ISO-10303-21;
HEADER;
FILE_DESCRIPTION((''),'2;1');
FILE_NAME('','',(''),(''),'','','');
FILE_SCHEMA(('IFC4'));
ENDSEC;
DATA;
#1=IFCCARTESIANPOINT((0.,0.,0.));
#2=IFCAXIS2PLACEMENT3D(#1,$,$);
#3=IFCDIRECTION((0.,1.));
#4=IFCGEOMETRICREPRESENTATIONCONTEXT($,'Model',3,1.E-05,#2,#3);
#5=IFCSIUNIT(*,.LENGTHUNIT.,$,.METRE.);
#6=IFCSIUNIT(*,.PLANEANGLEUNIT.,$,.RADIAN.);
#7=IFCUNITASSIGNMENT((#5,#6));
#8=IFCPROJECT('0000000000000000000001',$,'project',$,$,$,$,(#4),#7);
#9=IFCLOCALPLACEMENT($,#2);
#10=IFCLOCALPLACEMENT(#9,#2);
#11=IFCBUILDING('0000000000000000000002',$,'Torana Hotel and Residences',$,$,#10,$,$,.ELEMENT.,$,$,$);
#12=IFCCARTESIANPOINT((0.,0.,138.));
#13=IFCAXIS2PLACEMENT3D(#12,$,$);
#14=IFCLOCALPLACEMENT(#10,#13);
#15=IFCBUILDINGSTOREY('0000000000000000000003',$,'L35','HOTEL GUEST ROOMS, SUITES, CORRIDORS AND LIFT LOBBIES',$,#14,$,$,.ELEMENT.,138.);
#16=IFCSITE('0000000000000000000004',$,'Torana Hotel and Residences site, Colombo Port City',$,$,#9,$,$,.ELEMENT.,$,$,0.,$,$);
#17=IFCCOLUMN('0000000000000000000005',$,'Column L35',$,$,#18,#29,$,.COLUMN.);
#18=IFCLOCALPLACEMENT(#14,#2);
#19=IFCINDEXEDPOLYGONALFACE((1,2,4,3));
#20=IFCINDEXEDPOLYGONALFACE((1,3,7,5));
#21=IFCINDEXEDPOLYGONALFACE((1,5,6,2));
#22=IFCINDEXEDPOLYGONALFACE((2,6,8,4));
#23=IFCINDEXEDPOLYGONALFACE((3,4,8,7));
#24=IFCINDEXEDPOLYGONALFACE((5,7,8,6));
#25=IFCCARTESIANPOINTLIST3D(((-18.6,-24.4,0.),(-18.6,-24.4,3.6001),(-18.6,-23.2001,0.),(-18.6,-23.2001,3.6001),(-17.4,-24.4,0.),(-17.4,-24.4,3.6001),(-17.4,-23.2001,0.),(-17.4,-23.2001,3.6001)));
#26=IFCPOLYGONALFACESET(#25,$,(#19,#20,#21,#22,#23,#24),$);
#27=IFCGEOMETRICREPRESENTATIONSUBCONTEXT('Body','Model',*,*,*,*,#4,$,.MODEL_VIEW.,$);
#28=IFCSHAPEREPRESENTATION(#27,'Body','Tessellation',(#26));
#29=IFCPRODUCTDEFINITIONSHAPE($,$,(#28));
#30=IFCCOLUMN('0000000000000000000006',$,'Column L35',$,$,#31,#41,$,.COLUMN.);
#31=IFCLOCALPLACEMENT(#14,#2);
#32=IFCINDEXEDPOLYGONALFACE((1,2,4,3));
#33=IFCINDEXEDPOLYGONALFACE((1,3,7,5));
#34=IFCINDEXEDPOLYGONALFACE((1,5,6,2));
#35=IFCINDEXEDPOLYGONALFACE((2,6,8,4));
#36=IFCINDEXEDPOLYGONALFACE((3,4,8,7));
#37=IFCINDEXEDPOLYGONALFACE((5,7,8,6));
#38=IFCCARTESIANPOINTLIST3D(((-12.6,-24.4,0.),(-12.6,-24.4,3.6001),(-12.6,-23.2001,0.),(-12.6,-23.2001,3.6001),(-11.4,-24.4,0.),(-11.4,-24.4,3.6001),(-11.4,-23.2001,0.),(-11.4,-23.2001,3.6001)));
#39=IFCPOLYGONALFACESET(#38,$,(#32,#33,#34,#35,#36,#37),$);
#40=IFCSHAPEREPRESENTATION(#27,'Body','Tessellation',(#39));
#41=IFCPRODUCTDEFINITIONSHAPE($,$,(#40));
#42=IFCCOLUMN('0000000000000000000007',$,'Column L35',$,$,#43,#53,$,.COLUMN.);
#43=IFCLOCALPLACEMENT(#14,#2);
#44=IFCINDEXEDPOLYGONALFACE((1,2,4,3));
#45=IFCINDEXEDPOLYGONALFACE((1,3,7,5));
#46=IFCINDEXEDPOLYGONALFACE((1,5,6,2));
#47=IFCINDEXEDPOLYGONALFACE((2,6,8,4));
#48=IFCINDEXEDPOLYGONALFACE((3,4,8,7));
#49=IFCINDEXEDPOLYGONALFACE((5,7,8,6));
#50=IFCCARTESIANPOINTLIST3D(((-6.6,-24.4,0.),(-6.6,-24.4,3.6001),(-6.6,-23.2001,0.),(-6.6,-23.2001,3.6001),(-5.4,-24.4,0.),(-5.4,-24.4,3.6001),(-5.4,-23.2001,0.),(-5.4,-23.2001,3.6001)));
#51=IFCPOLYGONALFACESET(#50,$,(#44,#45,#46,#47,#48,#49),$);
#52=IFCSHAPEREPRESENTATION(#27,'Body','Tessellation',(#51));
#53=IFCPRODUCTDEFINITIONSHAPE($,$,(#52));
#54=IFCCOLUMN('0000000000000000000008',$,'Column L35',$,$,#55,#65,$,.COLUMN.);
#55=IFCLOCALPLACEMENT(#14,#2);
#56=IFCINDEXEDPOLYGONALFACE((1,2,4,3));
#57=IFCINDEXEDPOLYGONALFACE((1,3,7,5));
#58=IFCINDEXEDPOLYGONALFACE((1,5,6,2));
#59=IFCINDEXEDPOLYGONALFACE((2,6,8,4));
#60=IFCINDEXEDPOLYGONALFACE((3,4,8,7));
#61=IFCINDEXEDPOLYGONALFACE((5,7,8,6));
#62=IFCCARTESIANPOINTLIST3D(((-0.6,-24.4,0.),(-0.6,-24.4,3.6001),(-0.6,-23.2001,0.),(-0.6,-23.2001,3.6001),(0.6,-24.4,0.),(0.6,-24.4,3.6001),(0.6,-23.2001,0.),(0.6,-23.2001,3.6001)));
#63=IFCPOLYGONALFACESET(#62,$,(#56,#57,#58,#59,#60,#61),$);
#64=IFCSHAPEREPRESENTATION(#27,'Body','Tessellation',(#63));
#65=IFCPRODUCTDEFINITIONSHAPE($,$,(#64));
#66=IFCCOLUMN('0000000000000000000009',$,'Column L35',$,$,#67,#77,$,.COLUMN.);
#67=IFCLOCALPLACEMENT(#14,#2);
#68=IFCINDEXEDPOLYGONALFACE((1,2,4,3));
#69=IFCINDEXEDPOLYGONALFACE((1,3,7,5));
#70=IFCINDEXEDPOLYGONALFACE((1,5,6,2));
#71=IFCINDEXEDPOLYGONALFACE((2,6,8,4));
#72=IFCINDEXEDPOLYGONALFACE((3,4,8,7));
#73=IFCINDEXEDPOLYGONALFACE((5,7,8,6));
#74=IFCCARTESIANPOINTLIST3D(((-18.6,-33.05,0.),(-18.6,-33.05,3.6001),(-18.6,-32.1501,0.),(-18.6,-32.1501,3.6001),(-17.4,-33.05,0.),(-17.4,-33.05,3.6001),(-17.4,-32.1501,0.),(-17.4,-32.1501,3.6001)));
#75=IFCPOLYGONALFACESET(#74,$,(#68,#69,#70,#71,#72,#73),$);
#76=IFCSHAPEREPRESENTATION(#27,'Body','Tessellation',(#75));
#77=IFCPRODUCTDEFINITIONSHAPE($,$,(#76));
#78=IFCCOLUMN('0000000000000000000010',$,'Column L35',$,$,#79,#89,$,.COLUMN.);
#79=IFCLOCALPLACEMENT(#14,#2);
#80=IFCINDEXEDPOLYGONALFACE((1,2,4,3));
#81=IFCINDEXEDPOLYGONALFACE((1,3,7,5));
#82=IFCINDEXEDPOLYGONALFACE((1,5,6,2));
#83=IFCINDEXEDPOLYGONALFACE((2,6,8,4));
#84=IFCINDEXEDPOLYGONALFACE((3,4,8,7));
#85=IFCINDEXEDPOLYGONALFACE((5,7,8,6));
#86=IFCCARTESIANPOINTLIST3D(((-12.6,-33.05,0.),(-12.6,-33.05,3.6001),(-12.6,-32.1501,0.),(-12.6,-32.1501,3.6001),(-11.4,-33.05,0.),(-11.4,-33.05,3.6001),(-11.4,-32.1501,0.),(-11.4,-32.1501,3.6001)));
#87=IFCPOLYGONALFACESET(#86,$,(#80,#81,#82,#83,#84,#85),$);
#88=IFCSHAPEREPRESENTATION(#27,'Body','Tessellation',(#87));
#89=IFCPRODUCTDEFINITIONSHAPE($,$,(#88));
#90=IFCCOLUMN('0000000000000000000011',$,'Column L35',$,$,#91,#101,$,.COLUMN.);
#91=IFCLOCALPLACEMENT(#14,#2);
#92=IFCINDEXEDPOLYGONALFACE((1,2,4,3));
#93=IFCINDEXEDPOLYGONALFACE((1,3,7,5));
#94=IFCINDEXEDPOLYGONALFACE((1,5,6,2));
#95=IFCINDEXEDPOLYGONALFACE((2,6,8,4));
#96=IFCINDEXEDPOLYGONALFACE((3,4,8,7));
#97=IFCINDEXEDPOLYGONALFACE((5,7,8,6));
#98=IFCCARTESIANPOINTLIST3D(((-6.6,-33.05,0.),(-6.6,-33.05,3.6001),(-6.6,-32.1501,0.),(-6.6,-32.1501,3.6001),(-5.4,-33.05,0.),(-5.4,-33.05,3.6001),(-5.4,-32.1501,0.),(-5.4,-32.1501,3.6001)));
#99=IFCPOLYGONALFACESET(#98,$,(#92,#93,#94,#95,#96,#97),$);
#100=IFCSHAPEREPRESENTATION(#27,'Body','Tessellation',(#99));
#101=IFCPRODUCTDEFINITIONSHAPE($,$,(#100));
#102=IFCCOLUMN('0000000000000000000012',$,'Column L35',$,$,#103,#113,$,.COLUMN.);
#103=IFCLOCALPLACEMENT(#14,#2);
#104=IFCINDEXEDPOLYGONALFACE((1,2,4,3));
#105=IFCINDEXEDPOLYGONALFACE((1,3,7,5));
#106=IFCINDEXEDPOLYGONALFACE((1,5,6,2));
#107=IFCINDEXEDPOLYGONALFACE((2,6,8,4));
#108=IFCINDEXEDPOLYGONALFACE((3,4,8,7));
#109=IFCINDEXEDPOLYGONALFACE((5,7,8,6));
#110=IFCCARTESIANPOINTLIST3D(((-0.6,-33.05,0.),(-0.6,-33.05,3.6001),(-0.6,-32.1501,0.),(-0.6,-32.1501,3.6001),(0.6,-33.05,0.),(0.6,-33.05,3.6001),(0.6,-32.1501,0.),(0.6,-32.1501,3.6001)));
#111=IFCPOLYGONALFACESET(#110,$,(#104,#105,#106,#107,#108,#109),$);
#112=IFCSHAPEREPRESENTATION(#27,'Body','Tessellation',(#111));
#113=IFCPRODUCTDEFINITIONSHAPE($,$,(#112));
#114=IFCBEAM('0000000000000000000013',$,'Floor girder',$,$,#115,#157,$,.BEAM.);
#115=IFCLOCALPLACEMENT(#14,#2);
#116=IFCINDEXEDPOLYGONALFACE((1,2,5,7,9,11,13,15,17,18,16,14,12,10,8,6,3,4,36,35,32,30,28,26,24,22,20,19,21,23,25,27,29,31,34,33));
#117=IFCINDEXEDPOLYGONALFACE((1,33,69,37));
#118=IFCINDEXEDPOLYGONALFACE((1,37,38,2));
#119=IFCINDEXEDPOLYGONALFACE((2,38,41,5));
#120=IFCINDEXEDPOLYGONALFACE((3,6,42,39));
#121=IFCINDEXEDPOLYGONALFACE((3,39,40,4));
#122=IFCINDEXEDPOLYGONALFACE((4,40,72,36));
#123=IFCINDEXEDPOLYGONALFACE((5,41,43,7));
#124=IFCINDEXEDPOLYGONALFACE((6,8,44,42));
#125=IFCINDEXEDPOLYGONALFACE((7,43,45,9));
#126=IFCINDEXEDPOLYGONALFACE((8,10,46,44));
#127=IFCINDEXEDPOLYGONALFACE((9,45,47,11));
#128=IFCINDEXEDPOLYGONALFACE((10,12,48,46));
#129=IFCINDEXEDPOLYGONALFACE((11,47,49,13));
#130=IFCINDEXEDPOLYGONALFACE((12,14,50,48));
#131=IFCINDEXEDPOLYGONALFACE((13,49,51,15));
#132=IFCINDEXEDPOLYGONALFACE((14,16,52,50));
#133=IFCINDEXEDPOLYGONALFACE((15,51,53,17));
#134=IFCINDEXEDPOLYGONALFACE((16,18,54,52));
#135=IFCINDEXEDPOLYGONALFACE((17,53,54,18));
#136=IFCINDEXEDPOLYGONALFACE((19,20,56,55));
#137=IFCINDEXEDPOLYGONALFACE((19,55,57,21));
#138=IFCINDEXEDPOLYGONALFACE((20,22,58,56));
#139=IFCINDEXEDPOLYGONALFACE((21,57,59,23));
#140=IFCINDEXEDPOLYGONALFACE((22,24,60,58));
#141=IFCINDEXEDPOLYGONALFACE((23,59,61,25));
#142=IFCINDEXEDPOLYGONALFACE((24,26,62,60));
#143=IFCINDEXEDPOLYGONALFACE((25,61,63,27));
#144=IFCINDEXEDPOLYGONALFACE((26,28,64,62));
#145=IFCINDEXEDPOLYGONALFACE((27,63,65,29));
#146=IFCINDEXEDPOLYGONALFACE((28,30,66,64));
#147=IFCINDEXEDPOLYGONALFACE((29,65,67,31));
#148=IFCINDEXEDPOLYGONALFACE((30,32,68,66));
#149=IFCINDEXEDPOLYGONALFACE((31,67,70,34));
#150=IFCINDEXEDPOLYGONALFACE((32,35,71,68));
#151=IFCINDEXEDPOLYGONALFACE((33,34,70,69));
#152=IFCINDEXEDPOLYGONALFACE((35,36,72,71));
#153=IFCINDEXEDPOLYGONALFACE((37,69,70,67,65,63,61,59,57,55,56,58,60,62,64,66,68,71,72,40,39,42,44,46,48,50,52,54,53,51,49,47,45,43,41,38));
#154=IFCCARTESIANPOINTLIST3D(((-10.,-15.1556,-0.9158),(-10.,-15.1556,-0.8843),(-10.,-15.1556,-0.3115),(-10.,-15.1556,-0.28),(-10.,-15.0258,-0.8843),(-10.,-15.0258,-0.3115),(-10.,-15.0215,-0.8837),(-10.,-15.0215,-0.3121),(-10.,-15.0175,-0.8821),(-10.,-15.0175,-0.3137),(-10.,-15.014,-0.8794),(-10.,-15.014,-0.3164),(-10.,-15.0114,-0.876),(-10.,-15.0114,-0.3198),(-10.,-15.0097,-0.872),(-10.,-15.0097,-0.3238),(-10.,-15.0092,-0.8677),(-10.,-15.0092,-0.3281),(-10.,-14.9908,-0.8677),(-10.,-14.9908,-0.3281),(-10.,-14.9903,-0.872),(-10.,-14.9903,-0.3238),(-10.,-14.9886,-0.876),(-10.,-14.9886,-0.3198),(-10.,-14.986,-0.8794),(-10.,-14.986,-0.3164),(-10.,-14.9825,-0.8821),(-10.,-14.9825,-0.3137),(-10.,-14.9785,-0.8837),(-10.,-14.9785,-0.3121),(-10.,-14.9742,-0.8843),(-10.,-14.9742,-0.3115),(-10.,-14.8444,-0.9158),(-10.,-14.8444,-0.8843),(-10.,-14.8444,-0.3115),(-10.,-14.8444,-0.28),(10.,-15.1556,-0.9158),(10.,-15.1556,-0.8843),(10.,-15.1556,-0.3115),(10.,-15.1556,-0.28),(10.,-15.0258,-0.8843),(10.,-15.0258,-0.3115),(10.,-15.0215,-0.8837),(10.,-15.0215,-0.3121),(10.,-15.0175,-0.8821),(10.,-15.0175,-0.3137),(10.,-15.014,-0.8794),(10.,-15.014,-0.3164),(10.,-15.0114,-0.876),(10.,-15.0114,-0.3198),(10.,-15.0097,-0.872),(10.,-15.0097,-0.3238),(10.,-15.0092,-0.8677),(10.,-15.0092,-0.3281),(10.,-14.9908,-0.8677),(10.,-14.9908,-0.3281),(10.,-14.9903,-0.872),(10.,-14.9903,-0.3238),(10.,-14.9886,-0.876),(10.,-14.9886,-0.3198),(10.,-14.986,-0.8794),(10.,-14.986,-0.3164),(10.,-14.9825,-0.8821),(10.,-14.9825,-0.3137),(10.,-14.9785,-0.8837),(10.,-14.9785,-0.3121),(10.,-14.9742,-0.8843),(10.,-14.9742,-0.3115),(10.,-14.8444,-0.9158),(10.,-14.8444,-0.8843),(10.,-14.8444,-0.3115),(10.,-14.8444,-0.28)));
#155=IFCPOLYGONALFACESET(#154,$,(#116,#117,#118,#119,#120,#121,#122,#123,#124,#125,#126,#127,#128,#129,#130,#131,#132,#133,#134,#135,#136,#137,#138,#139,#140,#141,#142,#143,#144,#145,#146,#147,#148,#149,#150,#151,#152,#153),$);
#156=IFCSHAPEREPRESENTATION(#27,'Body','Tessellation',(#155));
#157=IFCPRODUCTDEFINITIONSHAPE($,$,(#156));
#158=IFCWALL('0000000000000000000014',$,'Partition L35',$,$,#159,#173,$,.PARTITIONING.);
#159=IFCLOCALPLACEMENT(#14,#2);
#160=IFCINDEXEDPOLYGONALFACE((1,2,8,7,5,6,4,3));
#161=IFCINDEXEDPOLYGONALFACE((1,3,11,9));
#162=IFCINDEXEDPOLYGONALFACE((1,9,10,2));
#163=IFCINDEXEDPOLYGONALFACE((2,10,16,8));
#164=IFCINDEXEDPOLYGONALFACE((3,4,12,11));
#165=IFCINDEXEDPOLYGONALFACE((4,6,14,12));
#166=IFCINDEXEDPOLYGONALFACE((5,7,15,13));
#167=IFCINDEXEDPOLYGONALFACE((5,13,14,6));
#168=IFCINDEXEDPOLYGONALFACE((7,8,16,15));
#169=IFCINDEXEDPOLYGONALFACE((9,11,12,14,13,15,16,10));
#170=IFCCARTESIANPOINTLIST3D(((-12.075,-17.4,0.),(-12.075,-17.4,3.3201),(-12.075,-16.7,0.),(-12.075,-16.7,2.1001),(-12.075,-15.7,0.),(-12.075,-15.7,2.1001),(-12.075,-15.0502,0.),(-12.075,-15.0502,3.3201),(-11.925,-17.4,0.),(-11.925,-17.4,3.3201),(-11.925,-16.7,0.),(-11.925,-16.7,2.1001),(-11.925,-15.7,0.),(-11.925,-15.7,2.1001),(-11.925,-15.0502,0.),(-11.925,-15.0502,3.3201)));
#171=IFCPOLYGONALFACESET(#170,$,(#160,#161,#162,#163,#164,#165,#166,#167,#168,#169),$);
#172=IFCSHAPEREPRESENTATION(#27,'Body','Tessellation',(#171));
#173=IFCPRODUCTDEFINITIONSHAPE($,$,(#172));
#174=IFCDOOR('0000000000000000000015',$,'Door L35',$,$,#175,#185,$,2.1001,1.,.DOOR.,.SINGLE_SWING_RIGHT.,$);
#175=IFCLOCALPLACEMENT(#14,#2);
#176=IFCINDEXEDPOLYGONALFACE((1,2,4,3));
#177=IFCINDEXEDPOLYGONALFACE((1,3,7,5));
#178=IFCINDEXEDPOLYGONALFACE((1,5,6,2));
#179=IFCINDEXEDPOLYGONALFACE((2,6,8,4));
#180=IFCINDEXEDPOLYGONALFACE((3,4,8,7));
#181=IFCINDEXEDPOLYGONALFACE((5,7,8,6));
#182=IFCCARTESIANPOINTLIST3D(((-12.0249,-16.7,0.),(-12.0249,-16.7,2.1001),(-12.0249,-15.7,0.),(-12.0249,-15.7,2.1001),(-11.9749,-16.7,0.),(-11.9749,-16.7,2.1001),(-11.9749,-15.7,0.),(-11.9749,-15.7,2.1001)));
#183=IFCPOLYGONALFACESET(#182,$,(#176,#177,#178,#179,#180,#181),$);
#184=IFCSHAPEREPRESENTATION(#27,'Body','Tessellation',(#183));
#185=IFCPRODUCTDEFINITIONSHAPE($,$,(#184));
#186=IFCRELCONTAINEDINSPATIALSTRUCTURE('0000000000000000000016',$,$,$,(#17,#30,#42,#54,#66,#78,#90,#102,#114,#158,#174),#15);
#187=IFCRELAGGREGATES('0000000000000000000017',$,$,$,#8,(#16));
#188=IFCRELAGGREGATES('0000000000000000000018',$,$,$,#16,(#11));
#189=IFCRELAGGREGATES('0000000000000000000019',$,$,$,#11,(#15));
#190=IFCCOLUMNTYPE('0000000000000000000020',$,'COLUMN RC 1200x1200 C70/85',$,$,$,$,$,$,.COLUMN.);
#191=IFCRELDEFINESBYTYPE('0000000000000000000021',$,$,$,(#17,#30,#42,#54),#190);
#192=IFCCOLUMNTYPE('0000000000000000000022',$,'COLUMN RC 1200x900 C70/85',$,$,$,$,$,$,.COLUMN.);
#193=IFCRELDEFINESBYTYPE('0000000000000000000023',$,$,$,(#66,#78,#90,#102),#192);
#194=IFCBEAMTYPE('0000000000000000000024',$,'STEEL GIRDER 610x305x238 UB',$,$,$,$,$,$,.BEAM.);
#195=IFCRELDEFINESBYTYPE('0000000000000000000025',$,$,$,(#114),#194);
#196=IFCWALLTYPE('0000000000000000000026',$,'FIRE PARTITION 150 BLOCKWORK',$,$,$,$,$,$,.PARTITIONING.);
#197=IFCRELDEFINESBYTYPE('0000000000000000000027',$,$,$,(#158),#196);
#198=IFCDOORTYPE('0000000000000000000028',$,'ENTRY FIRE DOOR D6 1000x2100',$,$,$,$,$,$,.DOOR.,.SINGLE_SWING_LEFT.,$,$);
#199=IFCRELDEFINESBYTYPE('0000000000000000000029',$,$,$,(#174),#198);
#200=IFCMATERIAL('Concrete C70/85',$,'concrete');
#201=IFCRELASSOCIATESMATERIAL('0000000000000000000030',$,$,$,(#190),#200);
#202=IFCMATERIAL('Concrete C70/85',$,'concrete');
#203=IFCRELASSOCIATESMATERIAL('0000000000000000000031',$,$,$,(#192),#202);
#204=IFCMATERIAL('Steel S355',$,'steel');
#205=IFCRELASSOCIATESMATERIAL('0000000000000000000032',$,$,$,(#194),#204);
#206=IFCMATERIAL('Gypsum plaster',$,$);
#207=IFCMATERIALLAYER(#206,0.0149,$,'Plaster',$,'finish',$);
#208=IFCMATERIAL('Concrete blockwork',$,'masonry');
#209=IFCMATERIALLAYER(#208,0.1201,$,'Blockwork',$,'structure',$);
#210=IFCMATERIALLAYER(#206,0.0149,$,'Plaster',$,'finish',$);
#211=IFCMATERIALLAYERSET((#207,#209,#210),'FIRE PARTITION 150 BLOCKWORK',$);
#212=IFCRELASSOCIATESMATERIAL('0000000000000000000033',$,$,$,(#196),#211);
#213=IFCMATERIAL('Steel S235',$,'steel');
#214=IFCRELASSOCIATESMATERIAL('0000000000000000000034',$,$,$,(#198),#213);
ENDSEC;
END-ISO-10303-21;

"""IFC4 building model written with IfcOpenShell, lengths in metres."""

from ifc_helpers import new_model, si_unit, direction, frame, frame_2d, origin, origin_2d, place, context, subcontext, project, spatial, rectangle, i_section, extrude, material, layer, layer_set, material_profile, profile_set, type_object, element, fill, save


model = new_model("IFC4")

# Units and contexts
model_context = context("Model", 3, precision=1e-05, world=origin(), true_north=direction((0.0, 1.0)))
body_context = subcontext(model_context, "Body", "Model", "MODEL_VIEW")
ifc_project = project(units=[si_unit("LENGTHUNIT", "METRE"), si_unit("PLANEANGLEUNIT", "RADIAN")], contexts=[model_context])

# Site, building, storey
site_placement = place(None, origin())
site = spatial("IfcSite", under=ifc_project, at=site_placement, Name="Torana Hotel and Residences site, Colombo Port City", CompositionType="ELEMENT", RefElevation=0.0)
building_placement = place(site_placement, origin())
building = spatial("IfcBuilding", under=site, at=building_placement, Name="Torana Hotel and Residences", CompositionType="ELEMENT")
storey_placement = place(building_placement, frame((0.0, 0.0, 138.0)))
storey = spatial("IfcBuildingStorey", under=building, at=storey_placement, Name="L35", Description="HOTEL GUEST ROOMS, SUITES, CORRIDORS AND LIFT LOBBIES", CompositionType="ELEMENT", Elevation=138.0)

# Columns
ifc_material_1 = material(Name="Concrete C70/85", Category="concrete")
ifc_material_profile_1 = material_profile(ifc_material_1, rectangle(XDim=1.2, YDim=1.2, at=origin_2d()), Name="RC 1200x1200")
ifc_profile_set_1 = profile_set([ifc_material_profile_1], Name="Concrete C70/85")
column_type_1 = type_object("IfcColumnType", Name="COLUMN RC 1200x1200 C70/85", PredefinedType="COLUMN", material=ifc_profile_set_1)
for number, where, z_axis, x_axis, name in (
    (1, (-18.0, -23.8, 0.0), (0.0, 0.0, 1.0), (1.0, 0.0, 0.0), "Column L35"),
    (2, (-12.0, -23.8, 0.0), (0.0, 0.0, 1.0), (1.0, 0.0, 0.0), "Column L35"),
    (3, (-6.0, -23.8, 0.0), (0.0, 0.0, 1.0), (1.0, 0.0, 0.0), "Column L35"),
    (4, (0.0, -23.8, 0.0), (0.0, 0.0, 1.0), (1.0, 0.0, 0.0), "Column L35"),
):
    element("IfcColumn", number, at=place(storey_placement, frame(where, z_axis=z_axis, x_axis=x_axis)), inside=storey, type_object=column_type_1, Name=name, PredefinedType="COLUMN", context=body_context, shape_type="SweptSolid", body=[
        extrude(rectangle(XDim=1.2, YDim=1.2, at=origin_2d()), origin(), (0.0, 0.0, 1.0), 3.6001),
    ])
ifc_material_2 = material(Name="Concrete C70/85", Category="concrete")
ifc_material_profile_2 = material_profile(ifc_material_2, rectangle(XDim=1.2, YDim=0.8999, at=origin_2d()), Name="RC 1200x900")
ifc_profile_set_2 = profile_set([ifc_material_profile_2], Name="Concrete C70/85")
column_type_2 = type_object("IfcColumnType", Name="COLUMN RC 1200x900 C70/85", PredefinedType="COLUMN", material=ifc_profile_set_2)
for number, where, z_axis, x_axis, name in (
    (5, (-18.0, -32.6001, 0.0), (0.0, 0.0, 1.0), (1.0, 0.0, 0.0), "Column L35"),
    (6, (-12.0, -32.6001, 0.0), (0.0, 0.0, 1.0), (1.0, 0.0, 0.0), "Column L35"),
    (7, (-6.0, -32.6001, 0.0), (0.0, 0.0, 1.0), (1.0, 0.0, 0.0), "Column L35"),
    (8, (0.0, -32.6001, 0.0), (0.0, 0.0, 1.0), (1.0, 0.0, 0.0), "Column L35"),
):
    element("IfcColumn", number, at=place(storey_placement, frame(where, z_axis=z_axis, x_axis=x_axis)), inside=storey, type_object=column_type_2, Name=name, PredefinedType="COLUMN", context=body_context, shape_type="SweptSolid", body=[
        extrude(rectangle(XDim=1.2, YDim=0.8999, at=origin_2d()), origin(), (0.0, 0.0, 1.0), 3.6001),
    ])

# Beam
ifc_material_3 = material(Name="Steel S355", Category="steel")
ifc_material_profile_3 = material_profile(ifc_material_3, i_section(OverallWidth=0.3113, OverallDepth=0.6357, WebThickness=0.0183, FlangeThickness=0.0315, FilletRadius=0.0166, at=origin_2d()), Name="610x305x238 UB")
ifc_profile_set_3 = profile_set([ifc_material_profile_3], Name="Steel S355")
beam_type = type_object("IfcBeamType", Name="STEEL GIRDER 610x305x238 UB", PredefinedType="BEAM", material=ifc_profile_set_3)
beam_placement = place(storey_placement, frame((-10.0, -15.0, -0.5979), z_axis=(1.0, 0.0, 0.0), x_axis=(0.0, 1.0, 0.0)))
element("IfcBeam", 9, at=beam_placement, inside=storey, type_object=beam_type, Name="Floor girder", PredefinedType="BEAM", context=body_context, shape_type="SweptSolid", body=[
    extrude(i_section(OverallWidth=0.3113, OverallDepth=0.6357, WebThickness=0.0183, FlangeThickness=0.0315, FilletRadius=0.0166, at=origin_2d()), origin(), (0.0, 0.0, 1.0), 20.0),
])

# Wall, opening, door
ifc_material_4 = material(Name="Gypsum plaster")
ifc_layer_1 = layer(ifc_material_4, 0.0149, Name="Plaster", Category="finish")
ifc_material_5 = material(Name="Concrete blockwork", Category="masonry")
ifc_layer_2 = layer(ifc_material_5, 0.1201, Name="Blockwork", Category="structure")
ifc_layer_3 = layer(ifc_material_4, 0.0149, Name="Plaster", Category="finish")
ifc_layer_set_1 = layer_set([ifc_layer_1, ifc_layer_2, ifc_layer_3], Name="FIRE PARTITION 150 BLOCKWORK")
wall_type_1 = type_object("IfcWallType", Name="FIRE PARTITION 150 BLOCKWORK", PredefinedType="PARTITIONING", material=ifc_layer_set_1)
wall_1_placement = place(storey_placement, frame((-12.0, -17.3999, 0.0), z_axis=(0.0, 0.0, 1.0), x_axis=(0.0, 1.0, 0.0)))
wall_1 = element("IfcWall", 10, at=wall_1_placement, inside=storey, type_object=wall_type_1, Name="Partition L35", PredefinedType="PARTITIONING", context=body_context, shape_type="SweptSolid", body=[
    extrude(rectangle(XDim=2.3499, YDim=0.1499, at=frame_2d((1.1748, 0.0))), origin(), (0.0, 0.0, 1.0), 3.3201),
])
opening_1_placement = place(wall_1_placement, frame((0.7, 0.0, 0.0)))
opening_1 = element("IfcOpeningElement", 11, at=opening_1_placement, cuts=wall_1, PredefinedType="OPENING", context=body_context, shape_type="SweptSolid", body=[
    extrude(rectangle(XDim=1.0, YDim=2.1001, at=frame_2d((0.5, 1.05))), frame((0.0, 0.085, 0.0), z_axis=(0.0, -1.0, 0.0), x_axis=(1.0, 0.0, 0.0)), (0.0, 0.0, 1.0), 0.1699),
])
ifc_material_6 = material(Name="Steel S235", Category="steel")
door_type_1 = type_object("IfcDoorType", Name="ENTRY FIRE DOOR D6 1000x2100", OperationType="SINGLE_SWING_LEFT", PredefinedType="DOOR", material=ifc_material_6)
door_1_placement = place(opening_1_placement, origin())
door_1 = element("IfcDoor", 12, at=door_1_placement, inside=storey, type_object=door_type_1, Name="Door L35", OperationType="SINGLE_SWING_RIGHT", OverallHeight=2.1001, OverallWidth=1.0, PredefinedType="DOOR", context=body_context, shape_type="SweptSolid", body=[
    extrude(rectangle(XDim=1.0, YDim=2.1001, at=frame_2d((0.5, 1.05))), frame((0.0, 0.0249, 0.0), z_axis=(0.0, -1.0, 0.0), x_axis=(1.0, 0.0, 0.0)), (0.0, 0.0, 1.0), 0.05),
])
fill(opening_1, door_1)

save(model, "model.ifc")
